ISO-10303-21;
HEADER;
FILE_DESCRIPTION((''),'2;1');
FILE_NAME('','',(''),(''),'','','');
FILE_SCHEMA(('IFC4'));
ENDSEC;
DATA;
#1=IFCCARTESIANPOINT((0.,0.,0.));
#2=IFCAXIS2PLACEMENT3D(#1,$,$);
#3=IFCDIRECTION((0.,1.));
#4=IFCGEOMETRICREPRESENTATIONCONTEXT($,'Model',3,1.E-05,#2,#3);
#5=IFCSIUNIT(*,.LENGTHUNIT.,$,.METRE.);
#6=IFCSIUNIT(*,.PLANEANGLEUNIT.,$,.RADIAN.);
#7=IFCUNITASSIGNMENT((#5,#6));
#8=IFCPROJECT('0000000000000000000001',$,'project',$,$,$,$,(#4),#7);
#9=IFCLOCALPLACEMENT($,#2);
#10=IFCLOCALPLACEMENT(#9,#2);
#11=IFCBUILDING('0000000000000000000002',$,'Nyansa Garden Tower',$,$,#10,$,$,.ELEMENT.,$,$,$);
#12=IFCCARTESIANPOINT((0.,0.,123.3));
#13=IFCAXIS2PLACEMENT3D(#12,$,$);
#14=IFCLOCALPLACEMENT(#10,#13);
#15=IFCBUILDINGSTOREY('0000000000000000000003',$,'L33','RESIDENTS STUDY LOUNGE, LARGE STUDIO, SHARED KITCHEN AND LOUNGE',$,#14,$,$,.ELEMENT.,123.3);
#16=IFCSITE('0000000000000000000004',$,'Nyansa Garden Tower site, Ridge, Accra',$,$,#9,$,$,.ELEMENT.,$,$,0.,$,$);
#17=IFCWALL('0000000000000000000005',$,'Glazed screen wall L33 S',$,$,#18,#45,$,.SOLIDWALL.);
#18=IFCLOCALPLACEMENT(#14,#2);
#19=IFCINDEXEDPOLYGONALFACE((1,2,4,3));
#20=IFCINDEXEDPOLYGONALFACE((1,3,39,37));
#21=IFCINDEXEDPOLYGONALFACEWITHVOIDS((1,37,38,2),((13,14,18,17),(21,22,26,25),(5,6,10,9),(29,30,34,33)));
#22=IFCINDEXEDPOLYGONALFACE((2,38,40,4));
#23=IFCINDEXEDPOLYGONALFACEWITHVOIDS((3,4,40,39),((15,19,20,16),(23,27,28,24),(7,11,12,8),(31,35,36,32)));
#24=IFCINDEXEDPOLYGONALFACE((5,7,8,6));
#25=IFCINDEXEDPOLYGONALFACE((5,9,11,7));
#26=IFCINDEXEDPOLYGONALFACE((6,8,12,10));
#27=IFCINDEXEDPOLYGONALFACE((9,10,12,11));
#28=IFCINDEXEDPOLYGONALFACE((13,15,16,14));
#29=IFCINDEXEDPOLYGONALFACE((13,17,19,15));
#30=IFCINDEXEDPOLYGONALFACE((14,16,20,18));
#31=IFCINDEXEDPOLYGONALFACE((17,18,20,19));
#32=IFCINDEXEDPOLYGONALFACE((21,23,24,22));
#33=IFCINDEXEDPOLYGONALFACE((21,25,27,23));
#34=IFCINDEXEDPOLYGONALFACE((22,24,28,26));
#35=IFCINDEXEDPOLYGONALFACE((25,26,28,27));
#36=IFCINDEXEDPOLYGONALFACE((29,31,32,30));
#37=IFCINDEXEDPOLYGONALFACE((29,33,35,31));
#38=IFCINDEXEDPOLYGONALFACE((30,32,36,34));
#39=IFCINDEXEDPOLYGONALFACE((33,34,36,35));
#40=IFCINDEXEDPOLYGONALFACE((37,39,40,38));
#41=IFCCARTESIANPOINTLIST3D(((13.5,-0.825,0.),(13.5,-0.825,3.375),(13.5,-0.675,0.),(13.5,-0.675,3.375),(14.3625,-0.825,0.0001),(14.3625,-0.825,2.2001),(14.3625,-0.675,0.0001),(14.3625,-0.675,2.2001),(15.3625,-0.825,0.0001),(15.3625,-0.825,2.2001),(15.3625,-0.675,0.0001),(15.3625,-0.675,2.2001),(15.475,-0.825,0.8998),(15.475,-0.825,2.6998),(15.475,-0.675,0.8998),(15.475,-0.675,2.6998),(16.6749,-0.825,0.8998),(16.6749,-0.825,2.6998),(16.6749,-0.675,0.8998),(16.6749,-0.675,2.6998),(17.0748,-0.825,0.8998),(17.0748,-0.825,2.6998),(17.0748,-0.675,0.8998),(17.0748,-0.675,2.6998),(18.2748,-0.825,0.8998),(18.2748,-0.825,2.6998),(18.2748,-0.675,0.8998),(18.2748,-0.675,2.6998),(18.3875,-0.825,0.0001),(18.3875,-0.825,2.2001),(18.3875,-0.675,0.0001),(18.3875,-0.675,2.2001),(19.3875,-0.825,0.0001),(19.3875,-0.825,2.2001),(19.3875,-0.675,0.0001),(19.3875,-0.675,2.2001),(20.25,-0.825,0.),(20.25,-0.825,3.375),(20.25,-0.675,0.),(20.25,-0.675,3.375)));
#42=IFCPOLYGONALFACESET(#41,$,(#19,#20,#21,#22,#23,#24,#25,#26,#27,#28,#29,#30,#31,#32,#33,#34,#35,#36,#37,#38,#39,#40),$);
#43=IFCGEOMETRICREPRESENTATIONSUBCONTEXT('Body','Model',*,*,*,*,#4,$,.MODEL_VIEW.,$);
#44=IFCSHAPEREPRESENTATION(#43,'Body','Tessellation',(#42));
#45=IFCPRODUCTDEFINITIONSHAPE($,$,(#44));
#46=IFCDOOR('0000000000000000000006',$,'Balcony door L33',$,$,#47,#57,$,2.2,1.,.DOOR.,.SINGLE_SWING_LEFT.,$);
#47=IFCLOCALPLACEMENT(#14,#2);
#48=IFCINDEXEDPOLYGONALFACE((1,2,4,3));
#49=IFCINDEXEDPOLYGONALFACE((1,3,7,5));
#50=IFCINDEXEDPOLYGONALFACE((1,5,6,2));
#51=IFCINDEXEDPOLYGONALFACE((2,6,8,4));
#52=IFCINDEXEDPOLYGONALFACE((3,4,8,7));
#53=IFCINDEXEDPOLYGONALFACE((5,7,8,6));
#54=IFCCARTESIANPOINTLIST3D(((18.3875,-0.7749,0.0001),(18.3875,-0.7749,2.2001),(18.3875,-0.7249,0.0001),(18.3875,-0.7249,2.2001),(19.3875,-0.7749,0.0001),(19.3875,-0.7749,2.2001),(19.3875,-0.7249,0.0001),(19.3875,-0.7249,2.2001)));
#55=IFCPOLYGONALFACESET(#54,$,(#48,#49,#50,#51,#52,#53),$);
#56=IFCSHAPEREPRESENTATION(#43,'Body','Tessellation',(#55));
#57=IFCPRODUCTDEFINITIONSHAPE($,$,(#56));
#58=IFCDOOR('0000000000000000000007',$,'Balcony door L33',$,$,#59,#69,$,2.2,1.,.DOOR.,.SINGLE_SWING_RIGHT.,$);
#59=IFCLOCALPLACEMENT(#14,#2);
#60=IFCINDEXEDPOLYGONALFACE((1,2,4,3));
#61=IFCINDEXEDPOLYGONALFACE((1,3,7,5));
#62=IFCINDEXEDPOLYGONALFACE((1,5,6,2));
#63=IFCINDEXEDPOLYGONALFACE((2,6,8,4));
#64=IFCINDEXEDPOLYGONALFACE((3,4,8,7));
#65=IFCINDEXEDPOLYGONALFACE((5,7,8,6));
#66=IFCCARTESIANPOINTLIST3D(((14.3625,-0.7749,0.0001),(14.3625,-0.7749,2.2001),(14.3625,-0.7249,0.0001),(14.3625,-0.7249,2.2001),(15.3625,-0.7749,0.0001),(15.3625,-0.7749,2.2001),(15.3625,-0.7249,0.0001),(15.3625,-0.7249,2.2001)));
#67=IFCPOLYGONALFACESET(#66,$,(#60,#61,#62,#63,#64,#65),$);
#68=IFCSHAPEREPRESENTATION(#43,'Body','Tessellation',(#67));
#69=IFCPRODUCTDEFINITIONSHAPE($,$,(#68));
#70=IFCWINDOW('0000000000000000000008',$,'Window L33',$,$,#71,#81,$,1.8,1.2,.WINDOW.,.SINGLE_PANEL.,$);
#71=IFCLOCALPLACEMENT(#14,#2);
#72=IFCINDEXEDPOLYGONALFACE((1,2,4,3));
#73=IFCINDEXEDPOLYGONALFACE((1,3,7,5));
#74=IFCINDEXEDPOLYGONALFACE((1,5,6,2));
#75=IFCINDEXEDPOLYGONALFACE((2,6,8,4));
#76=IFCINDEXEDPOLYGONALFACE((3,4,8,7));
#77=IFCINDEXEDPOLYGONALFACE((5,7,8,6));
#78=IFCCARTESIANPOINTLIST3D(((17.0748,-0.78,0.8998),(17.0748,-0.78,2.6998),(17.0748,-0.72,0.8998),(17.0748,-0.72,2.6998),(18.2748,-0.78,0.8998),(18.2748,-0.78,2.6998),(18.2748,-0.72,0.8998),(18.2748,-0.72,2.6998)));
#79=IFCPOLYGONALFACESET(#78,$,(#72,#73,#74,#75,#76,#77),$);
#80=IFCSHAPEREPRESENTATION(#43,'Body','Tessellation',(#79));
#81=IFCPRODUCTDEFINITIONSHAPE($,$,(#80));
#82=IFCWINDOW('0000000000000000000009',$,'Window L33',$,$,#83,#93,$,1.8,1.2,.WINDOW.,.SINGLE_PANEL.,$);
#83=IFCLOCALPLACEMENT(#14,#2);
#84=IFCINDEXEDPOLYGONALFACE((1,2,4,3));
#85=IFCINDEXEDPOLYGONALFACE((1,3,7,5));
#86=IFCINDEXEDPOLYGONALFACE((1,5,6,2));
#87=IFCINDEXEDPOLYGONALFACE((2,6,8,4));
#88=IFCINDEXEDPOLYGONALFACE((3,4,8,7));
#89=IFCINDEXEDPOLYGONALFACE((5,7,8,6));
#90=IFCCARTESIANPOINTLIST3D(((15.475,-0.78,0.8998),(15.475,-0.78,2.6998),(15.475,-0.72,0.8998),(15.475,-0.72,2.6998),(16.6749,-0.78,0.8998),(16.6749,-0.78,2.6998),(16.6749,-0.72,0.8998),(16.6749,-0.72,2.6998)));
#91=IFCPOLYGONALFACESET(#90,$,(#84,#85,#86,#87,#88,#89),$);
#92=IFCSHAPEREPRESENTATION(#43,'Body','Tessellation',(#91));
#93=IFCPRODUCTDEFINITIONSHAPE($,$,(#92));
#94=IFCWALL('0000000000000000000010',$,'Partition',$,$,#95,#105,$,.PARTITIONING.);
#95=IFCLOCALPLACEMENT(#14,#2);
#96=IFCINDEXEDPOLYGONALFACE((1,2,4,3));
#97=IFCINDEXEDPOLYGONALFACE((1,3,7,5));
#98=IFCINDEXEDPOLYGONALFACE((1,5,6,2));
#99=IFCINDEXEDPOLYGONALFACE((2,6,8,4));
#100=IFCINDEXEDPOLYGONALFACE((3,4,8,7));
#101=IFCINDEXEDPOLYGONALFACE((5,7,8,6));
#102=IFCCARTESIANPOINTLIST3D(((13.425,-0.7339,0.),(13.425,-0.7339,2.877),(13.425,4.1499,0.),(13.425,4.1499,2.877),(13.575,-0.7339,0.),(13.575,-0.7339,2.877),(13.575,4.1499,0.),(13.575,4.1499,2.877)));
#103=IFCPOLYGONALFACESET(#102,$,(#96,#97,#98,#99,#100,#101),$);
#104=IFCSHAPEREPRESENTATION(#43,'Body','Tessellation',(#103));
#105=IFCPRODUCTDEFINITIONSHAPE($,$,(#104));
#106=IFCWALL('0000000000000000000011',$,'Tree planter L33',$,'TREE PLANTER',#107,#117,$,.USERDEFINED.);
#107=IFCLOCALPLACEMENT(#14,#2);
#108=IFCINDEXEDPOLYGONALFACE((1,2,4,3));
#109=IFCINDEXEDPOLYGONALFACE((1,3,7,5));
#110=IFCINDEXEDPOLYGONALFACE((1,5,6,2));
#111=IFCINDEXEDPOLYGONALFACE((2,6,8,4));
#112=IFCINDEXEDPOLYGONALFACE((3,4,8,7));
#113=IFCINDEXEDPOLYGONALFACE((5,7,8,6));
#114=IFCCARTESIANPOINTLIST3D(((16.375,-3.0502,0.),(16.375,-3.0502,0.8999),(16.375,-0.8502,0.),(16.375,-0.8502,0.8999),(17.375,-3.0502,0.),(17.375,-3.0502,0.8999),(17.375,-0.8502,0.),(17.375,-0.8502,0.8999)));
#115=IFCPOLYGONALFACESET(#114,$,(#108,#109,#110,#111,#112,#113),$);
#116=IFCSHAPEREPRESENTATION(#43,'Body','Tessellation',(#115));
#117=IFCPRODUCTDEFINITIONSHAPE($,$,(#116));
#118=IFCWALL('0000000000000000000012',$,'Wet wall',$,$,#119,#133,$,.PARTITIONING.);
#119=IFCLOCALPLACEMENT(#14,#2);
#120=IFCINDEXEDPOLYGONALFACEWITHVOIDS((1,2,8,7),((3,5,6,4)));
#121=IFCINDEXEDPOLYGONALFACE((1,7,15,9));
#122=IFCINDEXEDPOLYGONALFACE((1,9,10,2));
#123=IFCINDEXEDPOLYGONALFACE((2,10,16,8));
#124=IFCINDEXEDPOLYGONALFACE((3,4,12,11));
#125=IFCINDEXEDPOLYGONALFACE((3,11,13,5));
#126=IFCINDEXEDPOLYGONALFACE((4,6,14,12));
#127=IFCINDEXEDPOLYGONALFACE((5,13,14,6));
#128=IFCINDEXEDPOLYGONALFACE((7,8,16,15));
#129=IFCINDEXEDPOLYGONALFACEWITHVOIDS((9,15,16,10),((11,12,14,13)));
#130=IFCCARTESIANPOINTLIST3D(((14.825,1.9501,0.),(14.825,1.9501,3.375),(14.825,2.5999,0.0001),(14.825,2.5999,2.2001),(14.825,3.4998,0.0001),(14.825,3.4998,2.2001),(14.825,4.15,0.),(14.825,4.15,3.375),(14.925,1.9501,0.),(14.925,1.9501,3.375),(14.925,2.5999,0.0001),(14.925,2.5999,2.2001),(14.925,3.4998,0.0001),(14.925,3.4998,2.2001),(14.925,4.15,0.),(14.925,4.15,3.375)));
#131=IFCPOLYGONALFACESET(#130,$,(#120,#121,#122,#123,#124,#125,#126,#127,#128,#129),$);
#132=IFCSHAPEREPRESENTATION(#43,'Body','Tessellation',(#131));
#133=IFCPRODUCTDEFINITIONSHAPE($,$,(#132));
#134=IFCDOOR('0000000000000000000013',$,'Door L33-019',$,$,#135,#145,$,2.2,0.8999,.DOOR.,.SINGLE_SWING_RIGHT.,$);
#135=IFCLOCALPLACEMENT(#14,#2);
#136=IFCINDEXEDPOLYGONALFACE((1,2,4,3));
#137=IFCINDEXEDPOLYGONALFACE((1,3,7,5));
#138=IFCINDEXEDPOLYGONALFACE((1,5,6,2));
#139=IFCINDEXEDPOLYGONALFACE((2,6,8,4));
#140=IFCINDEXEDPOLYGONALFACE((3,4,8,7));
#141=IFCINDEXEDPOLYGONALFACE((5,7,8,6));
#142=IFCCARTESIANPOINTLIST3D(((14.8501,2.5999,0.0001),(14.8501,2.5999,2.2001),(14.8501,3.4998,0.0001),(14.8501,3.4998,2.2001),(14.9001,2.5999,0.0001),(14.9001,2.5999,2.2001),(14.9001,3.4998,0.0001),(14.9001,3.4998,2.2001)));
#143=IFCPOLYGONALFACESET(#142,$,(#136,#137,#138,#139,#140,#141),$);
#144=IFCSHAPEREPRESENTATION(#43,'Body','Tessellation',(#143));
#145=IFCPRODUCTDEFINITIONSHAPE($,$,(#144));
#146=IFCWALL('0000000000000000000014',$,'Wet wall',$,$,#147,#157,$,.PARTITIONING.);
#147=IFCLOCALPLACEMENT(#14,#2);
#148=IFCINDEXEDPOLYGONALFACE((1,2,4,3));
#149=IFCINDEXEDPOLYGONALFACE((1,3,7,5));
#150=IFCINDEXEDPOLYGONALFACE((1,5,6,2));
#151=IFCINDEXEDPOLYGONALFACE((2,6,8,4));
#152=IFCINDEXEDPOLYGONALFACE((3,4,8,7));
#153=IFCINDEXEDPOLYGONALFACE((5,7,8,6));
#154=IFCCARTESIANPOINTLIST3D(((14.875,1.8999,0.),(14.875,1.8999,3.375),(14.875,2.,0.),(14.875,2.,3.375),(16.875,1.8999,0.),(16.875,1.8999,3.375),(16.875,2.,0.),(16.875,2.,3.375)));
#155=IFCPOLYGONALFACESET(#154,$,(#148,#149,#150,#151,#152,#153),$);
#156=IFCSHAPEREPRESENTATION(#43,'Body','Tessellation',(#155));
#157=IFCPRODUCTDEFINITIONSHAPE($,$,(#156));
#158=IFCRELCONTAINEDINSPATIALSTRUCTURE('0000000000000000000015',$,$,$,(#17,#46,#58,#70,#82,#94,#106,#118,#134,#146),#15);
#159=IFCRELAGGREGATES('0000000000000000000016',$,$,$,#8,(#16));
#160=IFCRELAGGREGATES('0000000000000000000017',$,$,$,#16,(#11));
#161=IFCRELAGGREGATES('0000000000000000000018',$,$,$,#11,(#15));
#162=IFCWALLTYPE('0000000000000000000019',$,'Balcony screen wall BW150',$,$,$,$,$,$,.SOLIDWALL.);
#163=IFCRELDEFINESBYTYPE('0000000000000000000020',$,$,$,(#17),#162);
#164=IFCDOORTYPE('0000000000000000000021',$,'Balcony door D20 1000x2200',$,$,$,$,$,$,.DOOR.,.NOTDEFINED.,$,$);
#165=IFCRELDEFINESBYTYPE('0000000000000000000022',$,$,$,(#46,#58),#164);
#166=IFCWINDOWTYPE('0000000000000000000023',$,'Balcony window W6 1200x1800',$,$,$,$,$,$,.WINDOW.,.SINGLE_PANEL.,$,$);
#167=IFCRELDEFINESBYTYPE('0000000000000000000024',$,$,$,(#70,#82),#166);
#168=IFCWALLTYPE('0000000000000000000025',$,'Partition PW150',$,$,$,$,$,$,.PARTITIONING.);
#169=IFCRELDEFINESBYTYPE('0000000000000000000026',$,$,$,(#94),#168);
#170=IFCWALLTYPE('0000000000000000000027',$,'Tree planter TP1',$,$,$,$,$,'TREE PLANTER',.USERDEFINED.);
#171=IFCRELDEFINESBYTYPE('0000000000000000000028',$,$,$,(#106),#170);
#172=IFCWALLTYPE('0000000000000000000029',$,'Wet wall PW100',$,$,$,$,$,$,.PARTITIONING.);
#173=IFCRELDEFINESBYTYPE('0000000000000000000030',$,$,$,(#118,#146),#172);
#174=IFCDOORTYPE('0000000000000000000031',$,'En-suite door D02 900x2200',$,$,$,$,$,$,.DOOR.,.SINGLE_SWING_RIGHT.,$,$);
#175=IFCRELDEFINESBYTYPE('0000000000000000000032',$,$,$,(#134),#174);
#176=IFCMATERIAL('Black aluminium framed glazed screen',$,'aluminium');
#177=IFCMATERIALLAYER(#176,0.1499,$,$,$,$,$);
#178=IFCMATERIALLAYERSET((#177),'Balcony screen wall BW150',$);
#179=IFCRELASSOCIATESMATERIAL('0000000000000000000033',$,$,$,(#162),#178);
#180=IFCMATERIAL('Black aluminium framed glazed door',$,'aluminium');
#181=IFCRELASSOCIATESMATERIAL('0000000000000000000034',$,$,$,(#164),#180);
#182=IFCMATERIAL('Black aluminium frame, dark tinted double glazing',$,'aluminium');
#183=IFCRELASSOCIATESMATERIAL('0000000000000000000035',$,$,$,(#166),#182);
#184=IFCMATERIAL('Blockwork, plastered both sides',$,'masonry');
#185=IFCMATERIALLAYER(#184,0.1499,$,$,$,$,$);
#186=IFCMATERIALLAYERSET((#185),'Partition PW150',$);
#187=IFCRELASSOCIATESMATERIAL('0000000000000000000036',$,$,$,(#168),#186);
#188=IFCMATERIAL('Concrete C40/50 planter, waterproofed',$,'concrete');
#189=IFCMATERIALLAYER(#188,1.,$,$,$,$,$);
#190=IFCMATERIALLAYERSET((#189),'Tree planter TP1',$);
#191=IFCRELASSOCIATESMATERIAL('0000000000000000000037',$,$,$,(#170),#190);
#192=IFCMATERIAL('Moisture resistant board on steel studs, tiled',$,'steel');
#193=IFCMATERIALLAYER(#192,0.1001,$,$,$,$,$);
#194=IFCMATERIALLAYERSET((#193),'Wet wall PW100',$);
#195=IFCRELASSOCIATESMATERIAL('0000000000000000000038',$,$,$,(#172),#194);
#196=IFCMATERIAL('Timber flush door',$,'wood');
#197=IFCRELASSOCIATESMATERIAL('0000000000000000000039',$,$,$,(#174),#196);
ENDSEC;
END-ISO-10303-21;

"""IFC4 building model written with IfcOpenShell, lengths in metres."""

from ifc_helpers import new_model, si_unit, direction, frame, frame_2d, origin, place, context, subcontext, project, spatial, rectangle, extrude, material, layer, layer_set, type_object, element, fill, save


model = new_model("IFC4")

# Units and contexts
model_context = context("Model", 3, precision=1e-05, world=origin(), true_north=direction((0.0, 1.0)))
body_context = subcontext(model_context, "Body", "Model", "MODEL_VIEW")
ifc_project = project(units=[si_unit("LENGTHUNIT", "METRE"), si_unit("PLANEANGLEUNIT", "RADIAN")], contexts=[model_context])

# Site, building, storey
site_placement = place(None, origin())
site = spatial("IfcSite", under=ifc_project, at=site_placement, Name="Nyansa Garden Tower site, Ridge, Accra", CompositionType="ELEMENT", RefElevation=0.0)
building_placement = place(site_placement, origin())
building = spatial("IfcBuilding", under=site, at=building_placement, Name="Nyansa Garden Tower", CompositionType="ELEMENT")
storey_placement = place(building_placement, frame((0.0, 0.0, 123.3)))
storey = spatial("IfcBuildingStorey", under=building, at=storey_placement, Name="L33", Description="RESIDENTS STUDY LOUNGE, LARGE STUDIO, SHARED KITCHEN AND LOUNGE", CompositionType="ELEMENT", Elevation=123.3)

# Wall, openings, doors, windows
ifc_material_1 = material(Name="Black aluminium framed glazed screen", Category="aluminium")
ifc_layer_1 = layer(ifc_material_1, 0.1499)
ifc_layer_set_1 = layer_set([ifc_layer_1], Name="Balcony screen wall BW150")
wall_type_1 = type_object("IfcWallType", Name="Balcony screen wall BW150", PredefinedType="SOLIDWALL", material=ifc_layer_set_1)
wall_1_placement = place(storey_placement, frame((20.25, -0.75, 0.0), z_axis=(0.0, 0.0, 1.0), x_axis=(-1.0, 0.0, 0.0)))
wall_1 = element("IfcWall", 1, at=wall_1_placement, inside=storey, type_object=wall_type_1, Name="Glazed screen wall L33 S", PredefinedType="SOLIDWALL", context=body_context, shape_type="SweptSolid", body=[
    extrude(rectangle(XDim=6.75, YDim=0.1499, at=frame_2d((3.375, 0.0))), origin(), (0.0, 0.0, 1.0), 3.375),
])
opening_1_placement = place(wall_1_placement, frame((0.8625, 0.0, 0.0)))
opening_1 = element("IfcOpeningElement", 2, at=opening_1_placement, cuts=wall_1, PredefinedType="OPENING", context=body_context, shape_type="SweptSolid", body=[
    extrude(rectangle(XDim=1.0, YDim=2.2, at=frame_2d((0.5, 1.1001))), frame((0.0, 0.085, 0.0), z_axis=(0.0, -1.0, 0.0), x_axis=(1.0, 0.0, 0.0)), (0.0, 0.0, 1.0), 0.1699),
])
opening_2_placement = place(wall_1_placement, frame((1.9751, 0.0, 0.8999)))
opening_2 = element("IfcOpeningElement", 3, at=opening_2_placement, cuts=wall_1, PredefinedType="OPENING", context=body_context, shape_type="SweptSolid", body=[
    extrude(rectangle(XDim=1.2, YDim=1.8, at=frame_2d((0.6001, 0.8999))), frame((0.0, 0.085, 0.0), z_axis=(0.0, -1.0, 0.0), x_axis=(1.0, 0.0, 0.0)), (0.0, 0.0, 1.0), 0.1699),
])
opening_3_placement = place(wall_1_placement, frame((4.8875, 0.0, 0.0)))
opening_3 = element("IfcOpeningElement", 4, at=opening_3_placement, cuts=wall_1, PredefinedType="OPENING", context=body_context, shape_type="SweptSolid", body=[
    extrude(rectangle(XDim=1.0, YDim=2.2, at=frame_2d((0.5, 1.1001))), frame((0.0, 0.085, 0.0), z_axis=(0.0, -1.0, 0.0), x_axis=(1.0, 0.0, 0.0)), (0.0, 0.0, 1.0), 0.1699),
])
opening_4_placement = place(wall_1_placement, frame((3.575, 0.0, 0.8999)))
opening_4 = element("IfcOpeningElement", 5, at=opening_4_placement, cuts=wall_1, PredefinedType="OPENING", context=body_context, shape_type="SweptSolid", body=[
    extrude(rectangle(XDim=1.2, YDim=1.8, at=frame_2d((0.6001, 0.8999))), frame((0.0, 0.085, 0.0), z_axis=(0.0, -1.0, 0.0), x_axis=(1.0, 0.0, 0.0)), (0.0, 0.0, 1.0), 0.1699),
])
ifc_material_2 = material(Name="Black aluminium framed glazed door", Category="aluminium")
door_type_1 = type_object("IfcDoorType", Name="Balcony door D20 1000x2200", OperationType="NOTDEFINED", PredefinedType="DOOR", material=ifc_material_2)
door_1_placement = place(opening_1_placement, origin())
door_1 = element("IfcDoor", 6, at=door_1_placement, inside=storey, type_object=door_type_1, Name="Balcony door L33", OperationType="SINGLE_SWING_LEFT", OverallHeight=2.2, OverallWidth=1.0, PredefinedType="DOOR", context=body_context, shape_type="SweptSolid", body=[
    extrude(rectangle(XDim=1.0, YDim=2.2, at=frame_2d((0.5, 1.1001))), frame((0.0, 0.0249, 0.0), z_axis=(0.0, -1.0, 0.0), x_axis=(1.0, 0.0, 0.0)), (0.0, 0.0, 1.0), 0.05),
])
fill(opening_1, door_1)
door_2_placement = place(opening_3_placement, origin())
door_2 = element("IfcDoor", 7, at=door_2_placement, inside=storey, type_object=door_type_1, Name="Balcony door L33", OperationType="SINGLE_SWING_RIGHT", OverallHeight=2.2, OverallWidth=1.0, PredefinedType="DOOR", context=body_context, shape_type="SweptSolid", body=[
    extrude(rectangle(XDim=1.0, YDim=2.2, at=frame_2d((0.5, 1.1001))), frame((0.0, 0.0249, 0.0), z_axis=(0.0, -1.0, 0.0), x_axis=(1.0, 0.0, 0.0)), (0.0, 0.0, 1.0), 0.05),
])
fill(opening_3, door_2)
ifc_material_3 = material(Name="Black aluminium frame, dark tinted double glazing", Category="aluminium")
window_type = type_object("IfcWindowType", Name="Balcony window W6 1200x1800", PartitioningType="SINGLE_PANEL", PredefinedType="WINDOW", material=ifc_material_3)
window_1_placement = place(opening_2_placement, origin())
window_1 = element("IfcWindow", 8, at=window_1_placement, inside=storey, type_object=window_type, Name="Window L33", OverallHeight=1.8, OverallWidth=1.2, PartitioningType="SINGLE_PANEL", PredefinedType="WINDOW", context=body_context, shape_type="SweptSolid", body=[
    extrude(rectangle(XDim=1.2, YDim=1.8, at=frame_2d((0.6001, 0.8999))), frame((0.0, 0.03, 0.0), z_axis=(0.0, -1.0, 0.0), x_axis=(1.0, 0.0, 0.0)), (0.0, 0.0, 1.0), 0.0601),
])
fill(opening_2, window_1)
window_2_placement = place(opening_4_placement, origin())
window_2 = element("IfcWindow", 9, at=window_2_placement, inside=storey, type_object=window_type, Name="Window L33", OverallHeight=1.8, OverallWidth=1.2, PartitioningType="SINGLE_PANEL", PredefinedType="WINDOW", context=body_context, shape_type="SweptSolid", body=[
    extrude(rectangle(XDim=1.2, YDim=1.8, at=frame_2d((0.6001, 0.8999))), frame((0.0, 0.03, 0.0), z_axis=(0.0, -1.0, 0.0), x_axis=(1.0, 0.0, 0.0)), (0.0, 0.0, 1.0), 0.0601),
])
fill(opening_4, window_2)

# Walls
ifc_material_4 = material(Name="Blockwork, plastered both sides", Category="masonry")
ifc_layer_2 = layer(ifc_material_4, 0.1499)
ifc_layer_set_2 = layer_set([ifc_layer_2], Name="Partition PW150")
wall_type_2 = type_object("IfcWallType", Name="Partition PW150", PredefinedType="PARTITIONING", material=ifc_layer_set_2)
wall_2_placement = place(storey_placement, frame((13.5, -0.7339, 0.0), z_axis=(0.0, 0.0, 1.0), x_axis=(0.0, 1.0, 0.0)))
element("IfcWall", 10, at=wall_2_placement, inside=storey, type_object=wall_type_2, Name="Partition", PredefinedType="PARTITIONING", context=body_context, shape_type="SweptSolid", body=[
    extrude(rectangle(XDim=4.8838, YDim=0.1499, at=frame_2d((2.4419, 0.0))), origin(), (0.0, 0.0, 1.0), 2.877),
])
ifc_material_5 = material(Name="Concrete C40/50 planter, waterproofed", Category="concrete")
ifc_layer_3 = layer(ifc_material_5, 1.0)
ifc_layer_set_3 = layer_set([ifc_layer_3], Name="Tree planter TP1")
wall_type_3 = type_object("IfcWallType", Name="Tree planter TP1", ElementType="TREE PLANTER", PredefinedType="USERDEFINED", material=ifc_layer_set_3)
wall_3_placement = place(storey_placement, frame((16.875, -0.8501, 0.0), z_axis=(0.0, 0.0, 1.0), x_axis=(0.0, -1.0, 0.0)))
element("IfcWall", 11, at=wall_3_placement, inside=storey, type_object=wall_type_3, Name="Tree planter L33", ObjectType="TREE PLANTER", PredefinedType="USERDEFINED", context=body_context, shape_type="SweptSolid", body=[
    extrude(rectangle(XDim=2.2, YDim=1.0, at=frame_2d((1.1001, 0.0))), origin(), (0.0, 0.0, 1.0), 0.8999),
])

# Wall, opening, door
ifc_material_6 = material(Name="Moisture resistant board on steel studs, tiled", Category="steel")
ifc_layer_4 = layer(ifc_material_6, 0.1001)
ifc_layer_set_4 = layer_set([ifc_layer_4], Name="Wet wall PW100")
wall_type_4 = type_object("IfcWallType", Name="Wet wall PW100", PredefinedType="PARTITIONING", material=ifc_layer_set_4)
wall_4_placement = place(storey_placement, frame((14.875, 1.95, 0.0), z_axis=(0.0, 0.0, 1.0), x_axis=(0.0, 1.0, 0.0)))
wall_4 = element("IfcWall", 12, at=wall_4_placement, inside=storey, type_object=wall_type_4, Name="Wet wall", PredefinedType="PARTITIONING", context=body_context, shape_type="SweptSolid", body=[
    extrude(rectangle(XDim=2.2, YDim=0.1001, at=frame_2d((1.1001, 0.0))), origin(), (0.0, 0.0, 1.0), 3.375),
])
opening_5_placement = place(wall_4_placement, frame((0.6499, 0.0, 0.0)))
opening_5 = element("IfcOpeningElement", 13, at=opening_5_placement, cuts=wall_4, PredefinedType="OPENING", context=body_context, shape_type="SweptSolid", body=[
    extrude(rectangle(XDim=0.8999, YDim=2.2, at=frame_2d((0.45, 1.1001))), frame((0.0, 0.0601, 0.0), z_axis=(0.0, -1.0, 0.0), x_axis=(1.0, 0.0, 0.0)), (0.0, 0.0, 1.0), 0.1201),
])
ifc_material_7 = material(Name="Timber flush door", Category="wood")
door_type_2 = type_object("IfcDoorType", Name="En-suite door D02 900x2200", OperationType="SINGLE_SWING_RIGHT", PredefinedType="DOOR", material=ifc_material_7)
door_3_placement = place(opening_5_placement, origin())
door_3 = element("IfcDoor", 14, at=door_3_placement, inside=storey, type_object=door_type_2, Name="Door L33-019", OperationType="SINGLE_SWING_RIGHT", OverallHeight=2.2, OverallWidth=0.8999, PredefinedType="DOOR", context=body_context, shape_type="SweptSolid", body=[
    extrude(rectangle(XDim=0.8999, YDim=2.2, at=frame_2d((0.45, 1.1001))), frame((0.0, 0.0249, 0.0), z_axis=(0.0, -1.0, 0.0), x_axis=(1.0, 0.0, 0.0)), (0.0, 0.0, 1.0), 0.05),
])
fill(opening_5, door_3)

# Wall
wall_5_placement = place(storey_placement, frame((14.875, 1.95, 0.0), z_axis=(0.0, 0.0, 1.0), x_axis=(1.0, 0.0, 0.0)))
element("IfcWall", 15, at=wall_5_placement, inside=storey, type_object=wall_type_4, Name="Wet wall", PredefinedType="PARTITIONING", context=body_context, shape_type="SweptSolid", body=[
    extrude(rectangle(XDim=2.0, YDim=0.1001, at=frame_2d((1.0, 0.0))), origin(), (0.0, 0.0, 1.0), 3.375),
])

save(model, "model.ifc")
